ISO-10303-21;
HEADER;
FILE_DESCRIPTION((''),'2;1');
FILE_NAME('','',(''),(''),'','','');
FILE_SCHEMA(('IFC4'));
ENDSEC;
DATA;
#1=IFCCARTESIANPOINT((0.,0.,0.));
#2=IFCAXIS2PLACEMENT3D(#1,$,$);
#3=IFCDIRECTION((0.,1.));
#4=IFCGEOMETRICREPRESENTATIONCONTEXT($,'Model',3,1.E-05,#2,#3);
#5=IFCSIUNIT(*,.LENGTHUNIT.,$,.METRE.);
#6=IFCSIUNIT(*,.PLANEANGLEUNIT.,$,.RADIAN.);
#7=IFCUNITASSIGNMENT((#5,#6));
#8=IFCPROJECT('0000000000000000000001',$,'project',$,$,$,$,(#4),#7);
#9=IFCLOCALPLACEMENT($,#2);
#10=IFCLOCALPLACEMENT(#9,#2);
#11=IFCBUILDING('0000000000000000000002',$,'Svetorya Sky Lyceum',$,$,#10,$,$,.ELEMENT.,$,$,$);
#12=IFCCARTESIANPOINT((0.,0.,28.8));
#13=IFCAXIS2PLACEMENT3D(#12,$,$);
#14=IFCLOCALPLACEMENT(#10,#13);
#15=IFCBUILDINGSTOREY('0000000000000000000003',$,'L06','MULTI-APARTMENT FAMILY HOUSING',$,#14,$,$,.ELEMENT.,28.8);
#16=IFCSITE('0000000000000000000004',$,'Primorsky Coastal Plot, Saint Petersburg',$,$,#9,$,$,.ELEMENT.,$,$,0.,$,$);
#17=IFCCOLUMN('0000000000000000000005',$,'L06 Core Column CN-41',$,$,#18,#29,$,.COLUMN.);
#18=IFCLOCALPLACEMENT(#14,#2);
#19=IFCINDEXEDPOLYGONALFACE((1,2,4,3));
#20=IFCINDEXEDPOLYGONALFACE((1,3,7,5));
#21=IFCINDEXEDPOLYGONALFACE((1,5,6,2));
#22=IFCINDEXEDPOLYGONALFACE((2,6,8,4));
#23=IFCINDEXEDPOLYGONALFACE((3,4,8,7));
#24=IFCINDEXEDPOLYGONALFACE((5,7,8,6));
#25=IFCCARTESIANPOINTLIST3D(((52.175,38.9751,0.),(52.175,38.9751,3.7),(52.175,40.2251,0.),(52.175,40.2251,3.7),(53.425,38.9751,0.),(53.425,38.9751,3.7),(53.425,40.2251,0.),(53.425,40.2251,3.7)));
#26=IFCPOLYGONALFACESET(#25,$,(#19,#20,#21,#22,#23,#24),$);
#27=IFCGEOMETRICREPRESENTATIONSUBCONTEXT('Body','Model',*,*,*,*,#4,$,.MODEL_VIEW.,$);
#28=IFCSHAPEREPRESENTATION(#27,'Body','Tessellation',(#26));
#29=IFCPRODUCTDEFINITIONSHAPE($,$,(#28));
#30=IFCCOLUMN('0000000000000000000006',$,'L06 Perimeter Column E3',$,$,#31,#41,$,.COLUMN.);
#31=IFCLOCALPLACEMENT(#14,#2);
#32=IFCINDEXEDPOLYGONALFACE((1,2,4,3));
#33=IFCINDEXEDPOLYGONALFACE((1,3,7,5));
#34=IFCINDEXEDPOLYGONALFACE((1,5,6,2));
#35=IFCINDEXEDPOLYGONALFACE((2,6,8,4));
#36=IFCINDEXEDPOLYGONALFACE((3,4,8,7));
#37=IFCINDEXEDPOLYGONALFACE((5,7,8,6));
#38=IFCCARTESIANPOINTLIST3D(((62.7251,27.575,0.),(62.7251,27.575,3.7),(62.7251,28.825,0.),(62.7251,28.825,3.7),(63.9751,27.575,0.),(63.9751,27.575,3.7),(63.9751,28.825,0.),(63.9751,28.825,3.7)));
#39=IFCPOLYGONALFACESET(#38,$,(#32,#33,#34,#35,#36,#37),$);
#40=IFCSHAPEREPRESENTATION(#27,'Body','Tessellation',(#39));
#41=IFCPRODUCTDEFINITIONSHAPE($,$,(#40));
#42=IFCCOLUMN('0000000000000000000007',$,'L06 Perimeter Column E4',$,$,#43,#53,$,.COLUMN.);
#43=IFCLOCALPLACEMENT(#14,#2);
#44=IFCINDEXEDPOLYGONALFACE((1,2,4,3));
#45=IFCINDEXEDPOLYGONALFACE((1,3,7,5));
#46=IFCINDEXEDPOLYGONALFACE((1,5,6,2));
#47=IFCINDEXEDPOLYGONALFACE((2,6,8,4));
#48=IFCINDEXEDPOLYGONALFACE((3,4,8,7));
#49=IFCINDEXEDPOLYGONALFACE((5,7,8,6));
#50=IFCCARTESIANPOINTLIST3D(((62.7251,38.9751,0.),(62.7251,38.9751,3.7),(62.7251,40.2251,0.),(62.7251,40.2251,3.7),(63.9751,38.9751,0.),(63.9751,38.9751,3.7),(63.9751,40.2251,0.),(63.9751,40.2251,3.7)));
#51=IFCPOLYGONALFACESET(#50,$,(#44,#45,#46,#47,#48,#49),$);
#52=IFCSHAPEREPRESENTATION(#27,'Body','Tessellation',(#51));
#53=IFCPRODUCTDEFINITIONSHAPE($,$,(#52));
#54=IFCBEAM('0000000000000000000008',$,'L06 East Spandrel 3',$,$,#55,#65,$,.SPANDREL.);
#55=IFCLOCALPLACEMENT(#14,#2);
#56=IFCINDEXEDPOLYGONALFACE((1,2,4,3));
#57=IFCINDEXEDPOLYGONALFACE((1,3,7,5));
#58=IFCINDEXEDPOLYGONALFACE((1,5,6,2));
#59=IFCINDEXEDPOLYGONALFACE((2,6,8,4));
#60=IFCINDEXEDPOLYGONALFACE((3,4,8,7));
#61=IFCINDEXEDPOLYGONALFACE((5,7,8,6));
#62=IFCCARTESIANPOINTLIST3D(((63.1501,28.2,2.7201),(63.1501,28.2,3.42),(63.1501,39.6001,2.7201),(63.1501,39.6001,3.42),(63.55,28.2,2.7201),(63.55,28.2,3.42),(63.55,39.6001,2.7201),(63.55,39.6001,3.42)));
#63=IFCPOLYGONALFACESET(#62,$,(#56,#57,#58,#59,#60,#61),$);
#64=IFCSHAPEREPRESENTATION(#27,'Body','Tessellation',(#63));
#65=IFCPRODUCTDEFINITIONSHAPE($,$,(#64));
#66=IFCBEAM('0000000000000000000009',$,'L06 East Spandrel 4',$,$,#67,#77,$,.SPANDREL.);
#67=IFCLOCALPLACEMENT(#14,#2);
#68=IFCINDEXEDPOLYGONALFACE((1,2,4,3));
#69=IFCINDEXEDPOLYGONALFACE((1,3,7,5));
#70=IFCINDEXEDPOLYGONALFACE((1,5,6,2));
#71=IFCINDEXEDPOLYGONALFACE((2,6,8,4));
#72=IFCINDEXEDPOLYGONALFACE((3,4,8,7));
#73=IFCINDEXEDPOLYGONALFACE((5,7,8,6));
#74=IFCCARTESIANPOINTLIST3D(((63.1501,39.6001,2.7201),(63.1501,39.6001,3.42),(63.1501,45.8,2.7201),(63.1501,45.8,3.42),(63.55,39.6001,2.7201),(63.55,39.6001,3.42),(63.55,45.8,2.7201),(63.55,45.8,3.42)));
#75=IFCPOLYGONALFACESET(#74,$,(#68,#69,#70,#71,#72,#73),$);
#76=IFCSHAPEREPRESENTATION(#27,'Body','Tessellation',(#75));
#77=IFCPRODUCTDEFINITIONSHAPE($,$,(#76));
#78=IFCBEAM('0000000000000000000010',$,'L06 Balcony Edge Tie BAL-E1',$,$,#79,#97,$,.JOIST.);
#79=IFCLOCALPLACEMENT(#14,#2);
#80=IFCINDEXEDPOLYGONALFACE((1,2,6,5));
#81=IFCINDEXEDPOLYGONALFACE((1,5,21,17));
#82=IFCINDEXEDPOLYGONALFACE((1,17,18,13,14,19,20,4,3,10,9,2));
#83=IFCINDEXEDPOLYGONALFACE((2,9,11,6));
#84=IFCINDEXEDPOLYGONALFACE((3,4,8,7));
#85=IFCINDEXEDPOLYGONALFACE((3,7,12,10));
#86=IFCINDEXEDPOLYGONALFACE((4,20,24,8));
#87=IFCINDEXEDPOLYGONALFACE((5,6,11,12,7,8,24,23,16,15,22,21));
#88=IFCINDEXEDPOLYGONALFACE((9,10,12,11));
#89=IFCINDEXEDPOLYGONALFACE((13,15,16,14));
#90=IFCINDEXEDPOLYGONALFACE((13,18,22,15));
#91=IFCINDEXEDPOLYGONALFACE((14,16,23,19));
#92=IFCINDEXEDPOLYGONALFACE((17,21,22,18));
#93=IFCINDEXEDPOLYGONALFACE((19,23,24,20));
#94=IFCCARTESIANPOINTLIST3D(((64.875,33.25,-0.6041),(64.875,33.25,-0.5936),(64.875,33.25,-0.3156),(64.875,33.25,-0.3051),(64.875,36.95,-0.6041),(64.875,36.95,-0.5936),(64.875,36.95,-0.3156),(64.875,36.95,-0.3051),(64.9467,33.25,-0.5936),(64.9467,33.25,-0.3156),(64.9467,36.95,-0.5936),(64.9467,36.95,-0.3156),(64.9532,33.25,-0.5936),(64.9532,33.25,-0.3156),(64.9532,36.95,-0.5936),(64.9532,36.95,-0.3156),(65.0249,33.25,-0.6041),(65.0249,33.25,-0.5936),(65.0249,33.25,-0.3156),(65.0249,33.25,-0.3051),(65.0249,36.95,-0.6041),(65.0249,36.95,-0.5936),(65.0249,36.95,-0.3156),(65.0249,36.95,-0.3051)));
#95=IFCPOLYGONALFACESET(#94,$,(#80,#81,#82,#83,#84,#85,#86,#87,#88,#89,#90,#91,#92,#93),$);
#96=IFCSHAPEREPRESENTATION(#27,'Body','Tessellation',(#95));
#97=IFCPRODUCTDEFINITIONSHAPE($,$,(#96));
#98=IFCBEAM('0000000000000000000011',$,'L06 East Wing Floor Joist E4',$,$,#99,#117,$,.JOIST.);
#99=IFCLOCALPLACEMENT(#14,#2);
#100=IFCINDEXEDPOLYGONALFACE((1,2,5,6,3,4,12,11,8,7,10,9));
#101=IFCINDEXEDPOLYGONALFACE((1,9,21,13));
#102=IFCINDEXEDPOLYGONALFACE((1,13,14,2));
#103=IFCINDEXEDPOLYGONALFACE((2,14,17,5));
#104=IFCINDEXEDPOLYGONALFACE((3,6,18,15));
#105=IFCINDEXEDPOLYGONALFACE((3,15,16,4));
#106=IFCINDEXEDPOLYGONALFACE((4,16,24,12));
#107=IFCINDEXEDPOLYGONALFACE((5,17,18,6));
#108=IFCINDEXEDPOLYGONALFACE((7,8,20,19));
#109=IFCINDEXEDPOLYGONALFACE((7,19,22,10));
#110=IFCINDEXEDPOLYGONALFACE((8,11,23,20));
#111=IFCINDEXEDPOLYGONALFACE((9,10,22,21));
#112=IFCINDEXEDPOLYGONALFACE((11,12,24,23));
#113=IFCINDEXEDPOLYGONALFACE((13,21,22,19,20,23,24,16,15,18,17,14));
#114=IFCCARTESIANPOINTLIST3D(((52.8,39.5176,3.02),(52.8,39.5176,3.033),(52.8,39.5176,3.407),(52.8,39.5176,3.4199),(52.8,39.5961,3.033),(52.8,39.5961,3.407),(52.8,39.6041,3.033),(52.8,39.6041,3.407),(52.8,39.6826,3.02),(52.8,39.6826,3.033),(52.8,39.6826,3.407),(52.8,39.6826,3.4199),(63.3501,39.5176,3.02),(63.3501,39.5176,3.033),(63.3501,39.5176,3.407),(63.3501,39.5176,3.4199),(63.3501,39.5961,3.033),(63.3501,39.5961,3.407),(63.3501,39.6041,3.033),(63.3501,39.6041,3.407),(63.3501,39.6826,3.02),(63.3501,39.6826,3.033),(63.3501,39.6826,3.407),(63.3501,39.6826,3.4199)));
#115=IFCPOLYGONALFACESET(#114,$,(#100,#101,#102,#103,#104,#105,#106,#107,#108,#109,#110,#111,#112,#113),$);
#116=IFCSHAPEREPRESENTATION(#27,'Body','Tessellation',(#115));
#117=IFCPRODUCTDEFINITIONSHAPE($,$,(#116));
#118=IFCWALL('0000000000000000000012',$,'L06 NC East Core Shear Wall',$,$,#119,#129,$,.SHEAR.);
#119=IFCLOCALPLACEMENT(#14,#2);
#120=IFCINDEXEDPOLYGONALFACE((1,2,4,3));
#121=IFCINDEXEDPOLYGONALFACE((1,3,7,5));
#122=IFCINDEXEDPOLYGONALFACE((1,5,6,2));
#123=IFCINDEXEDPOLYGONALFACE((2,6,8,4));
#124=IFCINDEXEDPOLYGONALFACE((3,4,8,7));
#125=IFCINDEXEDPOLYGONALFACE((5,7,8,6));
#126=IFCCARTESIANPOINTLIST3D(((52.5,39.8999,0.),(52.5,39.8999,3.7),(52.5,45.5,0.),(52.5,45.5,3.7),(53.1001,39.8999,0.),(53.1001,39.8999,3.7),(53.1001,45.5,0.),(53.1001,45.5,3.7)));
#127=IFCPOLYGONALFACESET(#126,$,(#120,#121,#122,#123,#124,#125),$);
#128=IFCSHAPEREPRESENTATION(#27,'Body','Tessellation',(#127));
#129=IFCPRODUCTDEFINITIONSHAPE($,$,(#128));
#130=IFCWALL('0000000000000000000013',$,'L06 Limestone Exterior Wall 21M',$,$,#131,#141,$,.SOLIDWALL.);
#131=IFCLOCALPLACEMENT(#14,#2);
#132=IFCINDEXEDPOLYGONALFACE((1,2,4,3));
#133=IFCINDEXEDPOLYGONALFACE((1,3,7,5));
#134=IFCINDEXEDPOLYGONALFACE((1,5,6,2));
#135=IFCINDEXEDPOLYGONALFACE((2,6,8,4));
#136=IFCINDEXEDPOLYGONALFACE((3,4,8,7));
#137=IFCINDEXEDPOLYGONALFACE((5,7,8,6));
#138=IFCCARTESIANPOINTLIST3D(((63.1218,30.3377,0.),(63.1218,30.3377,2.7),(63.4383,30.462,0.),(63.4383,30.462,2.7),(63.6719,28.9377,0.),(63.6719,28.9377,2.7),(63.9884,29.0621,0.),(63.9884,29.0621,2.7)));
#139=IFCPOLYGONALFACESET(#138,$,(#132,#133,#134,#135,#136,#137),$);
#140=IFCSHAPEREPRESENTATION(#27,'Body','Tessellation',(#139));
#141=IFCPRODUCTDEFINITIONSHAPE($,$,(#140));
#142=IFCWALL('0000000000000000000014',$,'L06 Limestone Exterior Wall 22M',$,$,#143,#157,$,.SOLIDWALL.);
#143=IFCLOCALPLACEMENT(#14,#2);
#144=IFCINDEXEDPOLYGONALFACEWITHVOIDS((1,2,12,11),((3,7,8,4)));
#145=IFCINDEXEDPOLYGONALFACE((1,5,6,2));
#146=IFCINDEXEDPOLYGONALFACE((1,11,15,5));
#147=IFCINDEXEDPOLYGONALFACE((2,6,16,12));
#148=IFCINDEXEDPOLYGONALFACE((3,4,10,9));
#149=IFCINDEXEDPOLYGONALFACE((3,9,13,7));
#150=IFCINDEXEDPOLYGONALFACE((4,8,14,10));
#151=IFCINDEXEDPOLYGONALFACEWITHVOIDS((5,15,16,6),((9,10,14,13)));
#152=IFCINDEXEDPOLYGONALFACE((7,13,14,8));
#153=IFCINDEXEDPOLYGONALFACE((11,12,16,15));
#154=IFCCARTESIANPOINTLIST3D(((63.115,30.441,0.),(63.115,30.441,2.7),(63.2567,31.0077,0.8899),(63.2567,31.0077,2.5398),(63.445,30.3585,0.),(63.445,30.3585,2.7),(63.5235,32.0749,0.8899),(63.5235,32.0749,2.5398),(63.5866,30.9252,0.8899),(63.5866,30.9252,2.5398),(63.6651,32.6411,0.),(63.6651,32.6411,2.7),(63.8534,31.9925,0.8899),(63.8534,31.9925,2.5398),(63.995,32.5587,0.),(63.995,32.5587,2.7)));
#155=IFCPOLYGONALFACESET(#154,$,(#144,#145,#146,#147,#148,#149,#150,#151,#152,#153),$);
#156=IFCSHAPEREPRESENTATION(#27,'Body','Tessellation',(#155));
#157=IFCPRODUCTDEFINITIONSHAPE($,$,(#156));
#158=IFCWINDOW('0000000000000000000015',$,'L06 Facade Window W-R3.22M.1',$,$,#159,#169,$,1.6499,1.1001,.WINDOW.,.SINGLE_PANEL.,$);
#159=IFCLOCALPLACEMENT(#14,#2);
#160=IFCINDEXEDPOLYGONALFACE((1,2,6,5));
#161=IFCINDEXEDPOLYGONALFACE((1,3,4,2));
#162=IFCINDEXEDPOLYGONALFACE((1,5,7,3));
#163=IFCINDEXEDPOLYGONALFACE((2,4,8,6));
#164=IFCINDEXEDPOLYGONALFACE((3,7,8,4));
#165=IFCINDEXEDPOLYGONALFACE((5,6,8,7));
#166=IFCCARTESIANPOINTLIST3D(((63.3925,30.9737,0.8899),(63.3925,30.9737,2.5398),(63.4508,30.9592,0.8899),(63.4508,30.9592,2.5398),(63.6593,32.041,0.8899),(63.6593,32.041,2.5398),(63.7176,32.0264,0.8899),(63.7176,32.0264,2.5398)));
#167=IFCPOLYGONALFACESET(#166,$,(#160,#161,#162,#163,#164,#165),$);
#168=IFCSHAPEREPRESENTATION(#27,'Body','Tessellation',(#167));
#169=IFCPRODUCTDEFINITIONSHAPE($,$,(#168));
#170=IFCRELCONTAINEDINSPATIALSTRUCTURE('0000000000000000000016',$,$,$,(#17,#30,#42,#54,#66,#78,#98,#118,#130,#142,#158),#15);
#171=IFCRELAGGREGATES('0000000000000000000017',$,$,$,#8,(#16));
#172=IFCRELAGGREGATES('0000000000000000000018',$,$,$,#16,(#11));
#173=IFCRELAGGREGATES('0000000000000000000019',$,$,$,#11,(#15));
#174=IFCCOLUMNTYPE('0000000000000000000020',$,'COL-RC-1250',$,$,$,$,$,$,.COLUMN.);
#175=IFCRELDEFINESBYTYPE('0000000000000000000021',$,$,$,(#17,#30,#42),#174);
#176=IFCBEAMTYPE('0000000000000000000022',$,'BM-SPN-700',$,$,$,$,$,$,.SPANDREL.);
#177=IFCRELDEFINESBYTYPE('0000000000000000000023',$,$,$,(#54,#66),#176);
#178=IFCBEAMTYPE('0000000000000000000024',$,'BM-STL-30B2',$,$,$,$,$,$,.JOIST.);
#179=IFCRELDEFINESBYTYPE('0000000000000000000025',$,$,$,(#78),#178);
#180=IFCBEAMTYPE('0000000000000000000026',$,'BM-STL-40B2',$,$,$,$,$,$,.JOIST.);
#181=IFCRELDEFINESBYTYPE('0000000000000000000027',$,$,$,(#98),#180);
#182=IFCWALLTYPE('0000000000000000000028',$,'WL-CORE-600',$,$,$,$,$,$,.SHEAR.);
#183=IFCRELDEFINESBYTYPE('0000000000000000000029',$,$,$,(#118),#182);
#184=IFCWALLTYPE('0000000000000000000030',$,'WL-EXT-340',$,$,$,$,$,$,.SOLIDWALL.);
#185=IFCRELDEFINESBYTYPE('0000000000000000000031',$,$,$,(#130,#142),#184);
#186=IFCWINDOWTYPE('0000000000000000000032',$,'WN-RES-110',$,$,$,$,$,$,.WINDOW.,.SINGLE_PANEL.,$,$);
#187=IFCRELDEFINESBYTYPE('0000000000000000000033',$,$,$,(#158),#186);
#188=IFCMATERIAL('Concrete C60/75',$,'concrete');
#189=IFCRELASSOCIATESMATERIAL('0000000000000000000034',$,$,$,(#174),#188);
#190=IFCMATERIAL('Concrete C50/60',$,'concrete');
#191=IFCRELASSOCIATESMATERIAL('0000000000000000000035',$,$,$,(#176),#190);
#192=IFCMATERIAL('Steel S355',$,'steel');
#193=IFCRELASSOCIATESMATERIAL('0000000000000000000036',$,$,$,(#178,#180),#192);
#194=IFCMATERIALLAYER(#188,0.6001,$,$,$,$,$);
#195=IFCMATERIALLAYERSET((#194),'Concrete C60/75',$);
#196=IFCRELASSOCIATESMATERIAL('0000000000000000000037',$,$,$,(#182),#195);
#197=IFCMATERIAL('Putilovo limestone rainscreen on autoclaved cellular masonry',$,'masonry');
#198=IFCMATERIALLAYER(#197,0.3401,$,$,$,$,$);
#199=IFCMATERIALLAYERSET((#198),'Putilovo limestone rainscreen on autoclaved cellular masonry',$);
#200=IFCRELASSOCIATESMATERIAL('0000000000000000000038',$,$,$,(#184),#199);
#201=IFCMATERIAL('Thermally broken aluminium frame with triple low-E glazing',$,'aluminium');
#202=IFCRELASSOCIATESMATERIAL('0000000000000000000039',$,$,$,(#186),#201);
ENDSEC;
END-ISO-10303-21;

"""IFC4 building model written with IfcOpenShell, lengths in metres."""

from ifc_helpers import new_model, si_unit, direction, frame, frame_2d, origin, origin_2d, place, context, subcontext, project, spatial, rectangle, i_section, extrude, material, layer, layer_set, material_profile, profile_set, type_object, element, fill, save


model = new_model("IFC4")

# Units and contexts
model_context = context("Model", 3, precision=1e-05, world=origin(), true_north=direction((0.0, 1.0)))
body_context = subcontext(model_context, "Body", "Model", "MODEL_VIEW")
ifc_project = project(units=[si_unit("LENGTHUNIT", "METRE"), si_unit("PLANEANGLEUNIT", "RADIAN")], contexts=[model_context])

# Site, building, storey
site_placement = place(None, origin())
site = spatial("IfcSite", under=ifc_project, at=site_placement, Name="Primorsky Coastal Plot, Saint Petersburg", CompositionType="ELEMENT", RefElevation=0.0)
building_placement = place(site_placement, origin())
building = spatial("IfcBuilding", under=site, at=building_placement, Name="Svetorya Sky Lyceum", CompositionType="ELEMENT")
storey_placement = place(building_placement, frame((0.0, 0.0, 28.8)))
storey = spatial("IfcBuildingStorey", under=building, at=storey_placement, Name="L06", Description="MULTI-APARTMENT FAMILY HOUSING", CompositionType="ELEMENT", Elevation=28.8)

# Columns
ifc_material_1 = material(Name="Concrete C60/75", Category="concrete")
ifc_material_profile_1 = material_profile(ifc_material_1, rectangle(XDim=1.25, YDim=1.25, at=origin_2d()), Name="RC COL 1250x1250")
ifc_profile_set_1 = profile_set([ifc_material_profile_1], Name="Concrete C60/75")
column_type = type_object("IfcColumnType", Name="COL-RC-1250", PredefinedType="COLUMN", material=ifc_profile_set_1)
for number, where, z_axis, x_axis, name in (
    (1, (52.8, 39.6001, 0.0), (0.0, 0.0, 1.0), (1.0, 0.0, 0.0), "L06 Core Column CN-41"),
    (2, (63.3501, 28.2, 0.0), (0.0, 0.0, 1.0), (1.0, 0.0, 0.0), "L06 Perimeter Column E3"),
    (3, (63.3501, 39.6001, 0.0), (0.0, 0.0, 1.0), (1.0, 0.0, 0.0), "L06 Perimeter Column E4"),
):
    element("IfcColumn", number, at=place(storey_placement, frame(where, z_axis=z_axis, x_axis=x_axis)), inside=storey, type_object=column_type, Name=name, PredefinedType="COLUMN", context=body_context, shape_type="SweptSolid", body=[
        extrude(rectangle(XDim=1.25, YDim=1.25, at=origin_2d()), origin(), (0.0, 0.0, 1.0), 3.7),
    ])

# Beams
ifc_material_2 = material(Name="Concrete C50/60", Category="concrete")
ifc_material_profile_2 = material_profile(ifc_material_2, rectangle(XDim=0.3999, YDim=0.7, at=origin_2d()), Name="RC SPANDREL 400x700")
ifc_profile_set_2 = profile_set([ifc_material_profile_2], Name="Concrete C50/60")
beam_type_1 = type_object("IfcBeamType", Name="BM-SPN-700", PredefinedType="SPANDREL", material=ifc_profile_set_2)
beam_1_placement = place(storey_placement, frame((63.3501, 28.2, 3.0701), z_axis=(0.0, 1.0, 0.0), x_axis=(-1.0, 0.0, 0.0)))
element("IfcBeam", 4, at=beam_1_placement, inside=storey, type_object=beam_type_1, Name="L06 East Spandrel 3", PredefinedType="SPANDREL", context=body_context, shape_type="SweptSolid", body=[
    extrude(rectangle(XDim=0.3999, YDim=0.7, at=origin_2d()), origin(), (0.0, 0.0, 1.0), 11.4001),
])
beam_2_placement = place(storey_placement, frame((63.3501, 39.6001, 3.0701), z_axis=(0.0, 1.0, 0.0), x_axis=(-1.0, 0.0, 0.0)))
element("IfcBeam", 5, at=beam_2_placement, inside=storey, type_object=beam_type_1, Name="L06 East Spandrel 4", PredefinedType="SPANDREL", context=body_context, shape_type="SweptSolid", body=[
    extrude(rectangle(XDim=0.3999, YDim=0.7, at=origin_2d()), origin(), (0.0, 0.0, 1.0), 6.2),
])
ifc_material_3 = material(Name="Steel S355", Category="steel")
ifc_material_profile_3 = material_profile(ifc_material_3, i_section(OverallWidth=0.1499, OverallDepth=0.2991, WebThickness=0.0066, FlangeThickness=0.0105, at=origin_2d()), Name="GOST 30B2")
ifc_profile_set_3 = profile_set([ifc_material_profile_3], Name="Steel S355")
beam_type_2 = type_object("IfcBeamType", Name="BM-STL-30B2", PredefinedType="JOIST", material=ifc_profile_set_3)
beam_3_placement = place(storey_placement, frame((64.95, 33.25, -0.4546), z_axis=(0.0, 1.0, 0.0), x_axis=(-1.0, 0.0, 0.0)))
element("IfcBeam", 6, at=beam_3_placement, inside=storey, type_object=beam_type_2, Name="L06 Balcony Edge Tie BAL-E1", PredefinedType="JOIST", context=body_context, shape_type="SweptSolid", body=[
    extrude(i_section(OverallWidth=0.1499, OverallDepth=0.2991, WebThickness=0.0066, FlangeThickness=0.0105, at=origin_2d()), origin(), (0.0, 0.0, 1.0), 3.7),
])
ifc_material_profile_4 = material_profile(ifc_material_3, i_section(OverallWidth=0.165, OverallDepth=0.3999, WebThickness=0.0081, FlangeThickness=0.0129, at=origin_2d()), Name="GOST 40B2")
ifc_profile_set_4 = profile_set([ifc_material_profile_4], Name="Steel S355")
beam_type_3 = type_object("IfcBeamType", Name="BM-STL-40B2", PredefinedType="JOIST", material=ifc_profile_set_4)
beam_4_placement = place(storey_placement, frame((52.8, 39.6001, 3.22), z_axis=(1.0, 0.0, 0.0), x_axis=(0.0, 1.0, 0.0)))
element("IfcBeam", 7, at=beam_4_placement, inside=storey, type_object=beam_type_3, Name="L06 East Wing Floor Joist E4", PredefinedType="JOIST", context=body_context, shape_type="SweptSolid", body=[
    extrude(i_section(OverallWidth=0.165, OverallDepth=0.3999, WebThickness=0.0081, FlangeThickness=0.0129, at=origin_2d()), origin(), (0.0, 0.0, 1.0), 10.55),
])

# Walls
ifc_layer_1 = layer(ifc_material_1, 0.6001)
ifc_layer_set_1 = layer_set([ifc_layer_1], Name="Concrete C60/75")
wall_type_1 = type_object("IfcWallType", Name="WL-CORE-600", PredefinedType="SHEAR", material=ifc_layer_set_1)
wall_1_placement = place(storey_placement, frame((52.8, 39.8999, 0.0), z_axis=(0.0, 0.0, 1.0), x_axis=(0.0, 1.0, 0.0)))
element("IfcWall", 8, at=wall_1_placement, inside=storey, type_object=wall_type_1, Name="L06 NC East Core Shear Wall", PredefinedType="SHEAR", context=body_context, shape_type="SweptSolid", body=[
    extrude(rectangle(XDim=5.6001, YDim=0.6001, at=frame_2d((2.8, 0.0))), origin(), (0.0, 0.0, 1.0), 3.7),
])
ifc_material_4 = material(Name="Putilovo limestone rainscreen on autoclaved cellular masonry", Category="masonry")
ifc_layer_2 = layer(ifc_material_4, 0.3401)
ifc_layer_set_2 = layer_set([ifc_layer_2], Name="Putilovo limestone rainscreen on autoclaved cellular masonry")
wall_type_2 = type_object("IfcWallType", Name="WL-EXT-340", PredefinedType="SOLIDWALL", material=ifc_layer_set_2)
wall_2_placement = place(storey_placement, frame((63.8301, 29.0, 0.0), z_axis=(0.0, 0.0, 1.0), x_axis=(-0.365703, 0.930732, 0.0)))
element("IfcWall", 9, at=wall_2_placement, inside=storey, type_object=wall_type_2, Name="L06 Limestone Exterior Wall 21M", PredefinedType="SOLIDWALL", context=body_context, shape_type="SweptSolid", body=[
    extrude(rectangle(XDim=1.5042, YDim=0.3401, at=frame_2d((0.752, 0.0))), origin(), (0.0, 0.0, 1.0), 2.7),
])

# Wall, opening, window
wall_3_placement = place(storey_placement, frame((63.28, 30.3999, 0.0), z_axis=(0.0, 0.0, 1.0), x_axis=(0.242536, 0.970143, 0.0)))
wall_3 = element("IfcWall", 10, at=wall_3_placement, inside=storey, type_object=wall_type_2, Name="L06 Limestone Exterior Wall 22M", PredefinedType="SOLIDWALL", context=body_context, shape_type="SweptSolid", body=[
    extrude(rectangle(XDim=2.2678, YDim=0.3401, at=frame_2d((1.1338, 0.0))), origin(), (0.0, 0.0, 1.0), 2.7),
])
opening_1_placement = place(wall_3_placement, frame((0.584, 0.0, 0.8899)))
opening_1 = element("IfcOpeningElement", 11, at=opening_1_placement, cuts=wall_3, PredefinedType="OPENING", context=body_context, shape_type="SweptSolid", body=[
    extrude(rectangle(XDim=1.1001, YDim=1.6499, at=frame_2d((0.55, 0.825))), frame((0.0, 0.1799, 0.0), z_axis=(0.0, -1.0, 0.0), x_axis=(1.0, 0.0, 0.0)), (0.0, 0.0, 1.0), 0.3601),
])
ifc_material_5 = material(Name="Thermally broken aluminium frame with triple low-E glazing", Category="aluminium")
window_type = type_object("IfcWindowType", Name="WN-RES-110", PartitioningType="SINGLE_PANEL", PredefinedType="WINDOW", material=ifc_material_5)
window_1_placement = place(opening_1_placement, origin())
window_1 = element("IfcWindow", 12, at=window_1_placement, inside=storey, type_object=window_type, Name="L06 Facade Window W-R3.22M.1", OverallHeight=1.6499, OverallWidth=1.1001, PartitioningType="SINGLE_PANEL", PredefinedType="WINDOW", context=body_context, shape_type="SweptSolid", body=[
    extrude(rectangle(XDim=1.1001, YDim=1.6499, at=frame_2d((0.55, 0.825))), frame((0.0, 0.03, 0.0), z_axis=(0.0, -1.0, 0.0), x_axis=(1.0, 0.0, 0.0)), (0.0, 0.0, 1.0), 0.0601),
])
fill(opening_1, window_1)

save(model, "model.ifc")
